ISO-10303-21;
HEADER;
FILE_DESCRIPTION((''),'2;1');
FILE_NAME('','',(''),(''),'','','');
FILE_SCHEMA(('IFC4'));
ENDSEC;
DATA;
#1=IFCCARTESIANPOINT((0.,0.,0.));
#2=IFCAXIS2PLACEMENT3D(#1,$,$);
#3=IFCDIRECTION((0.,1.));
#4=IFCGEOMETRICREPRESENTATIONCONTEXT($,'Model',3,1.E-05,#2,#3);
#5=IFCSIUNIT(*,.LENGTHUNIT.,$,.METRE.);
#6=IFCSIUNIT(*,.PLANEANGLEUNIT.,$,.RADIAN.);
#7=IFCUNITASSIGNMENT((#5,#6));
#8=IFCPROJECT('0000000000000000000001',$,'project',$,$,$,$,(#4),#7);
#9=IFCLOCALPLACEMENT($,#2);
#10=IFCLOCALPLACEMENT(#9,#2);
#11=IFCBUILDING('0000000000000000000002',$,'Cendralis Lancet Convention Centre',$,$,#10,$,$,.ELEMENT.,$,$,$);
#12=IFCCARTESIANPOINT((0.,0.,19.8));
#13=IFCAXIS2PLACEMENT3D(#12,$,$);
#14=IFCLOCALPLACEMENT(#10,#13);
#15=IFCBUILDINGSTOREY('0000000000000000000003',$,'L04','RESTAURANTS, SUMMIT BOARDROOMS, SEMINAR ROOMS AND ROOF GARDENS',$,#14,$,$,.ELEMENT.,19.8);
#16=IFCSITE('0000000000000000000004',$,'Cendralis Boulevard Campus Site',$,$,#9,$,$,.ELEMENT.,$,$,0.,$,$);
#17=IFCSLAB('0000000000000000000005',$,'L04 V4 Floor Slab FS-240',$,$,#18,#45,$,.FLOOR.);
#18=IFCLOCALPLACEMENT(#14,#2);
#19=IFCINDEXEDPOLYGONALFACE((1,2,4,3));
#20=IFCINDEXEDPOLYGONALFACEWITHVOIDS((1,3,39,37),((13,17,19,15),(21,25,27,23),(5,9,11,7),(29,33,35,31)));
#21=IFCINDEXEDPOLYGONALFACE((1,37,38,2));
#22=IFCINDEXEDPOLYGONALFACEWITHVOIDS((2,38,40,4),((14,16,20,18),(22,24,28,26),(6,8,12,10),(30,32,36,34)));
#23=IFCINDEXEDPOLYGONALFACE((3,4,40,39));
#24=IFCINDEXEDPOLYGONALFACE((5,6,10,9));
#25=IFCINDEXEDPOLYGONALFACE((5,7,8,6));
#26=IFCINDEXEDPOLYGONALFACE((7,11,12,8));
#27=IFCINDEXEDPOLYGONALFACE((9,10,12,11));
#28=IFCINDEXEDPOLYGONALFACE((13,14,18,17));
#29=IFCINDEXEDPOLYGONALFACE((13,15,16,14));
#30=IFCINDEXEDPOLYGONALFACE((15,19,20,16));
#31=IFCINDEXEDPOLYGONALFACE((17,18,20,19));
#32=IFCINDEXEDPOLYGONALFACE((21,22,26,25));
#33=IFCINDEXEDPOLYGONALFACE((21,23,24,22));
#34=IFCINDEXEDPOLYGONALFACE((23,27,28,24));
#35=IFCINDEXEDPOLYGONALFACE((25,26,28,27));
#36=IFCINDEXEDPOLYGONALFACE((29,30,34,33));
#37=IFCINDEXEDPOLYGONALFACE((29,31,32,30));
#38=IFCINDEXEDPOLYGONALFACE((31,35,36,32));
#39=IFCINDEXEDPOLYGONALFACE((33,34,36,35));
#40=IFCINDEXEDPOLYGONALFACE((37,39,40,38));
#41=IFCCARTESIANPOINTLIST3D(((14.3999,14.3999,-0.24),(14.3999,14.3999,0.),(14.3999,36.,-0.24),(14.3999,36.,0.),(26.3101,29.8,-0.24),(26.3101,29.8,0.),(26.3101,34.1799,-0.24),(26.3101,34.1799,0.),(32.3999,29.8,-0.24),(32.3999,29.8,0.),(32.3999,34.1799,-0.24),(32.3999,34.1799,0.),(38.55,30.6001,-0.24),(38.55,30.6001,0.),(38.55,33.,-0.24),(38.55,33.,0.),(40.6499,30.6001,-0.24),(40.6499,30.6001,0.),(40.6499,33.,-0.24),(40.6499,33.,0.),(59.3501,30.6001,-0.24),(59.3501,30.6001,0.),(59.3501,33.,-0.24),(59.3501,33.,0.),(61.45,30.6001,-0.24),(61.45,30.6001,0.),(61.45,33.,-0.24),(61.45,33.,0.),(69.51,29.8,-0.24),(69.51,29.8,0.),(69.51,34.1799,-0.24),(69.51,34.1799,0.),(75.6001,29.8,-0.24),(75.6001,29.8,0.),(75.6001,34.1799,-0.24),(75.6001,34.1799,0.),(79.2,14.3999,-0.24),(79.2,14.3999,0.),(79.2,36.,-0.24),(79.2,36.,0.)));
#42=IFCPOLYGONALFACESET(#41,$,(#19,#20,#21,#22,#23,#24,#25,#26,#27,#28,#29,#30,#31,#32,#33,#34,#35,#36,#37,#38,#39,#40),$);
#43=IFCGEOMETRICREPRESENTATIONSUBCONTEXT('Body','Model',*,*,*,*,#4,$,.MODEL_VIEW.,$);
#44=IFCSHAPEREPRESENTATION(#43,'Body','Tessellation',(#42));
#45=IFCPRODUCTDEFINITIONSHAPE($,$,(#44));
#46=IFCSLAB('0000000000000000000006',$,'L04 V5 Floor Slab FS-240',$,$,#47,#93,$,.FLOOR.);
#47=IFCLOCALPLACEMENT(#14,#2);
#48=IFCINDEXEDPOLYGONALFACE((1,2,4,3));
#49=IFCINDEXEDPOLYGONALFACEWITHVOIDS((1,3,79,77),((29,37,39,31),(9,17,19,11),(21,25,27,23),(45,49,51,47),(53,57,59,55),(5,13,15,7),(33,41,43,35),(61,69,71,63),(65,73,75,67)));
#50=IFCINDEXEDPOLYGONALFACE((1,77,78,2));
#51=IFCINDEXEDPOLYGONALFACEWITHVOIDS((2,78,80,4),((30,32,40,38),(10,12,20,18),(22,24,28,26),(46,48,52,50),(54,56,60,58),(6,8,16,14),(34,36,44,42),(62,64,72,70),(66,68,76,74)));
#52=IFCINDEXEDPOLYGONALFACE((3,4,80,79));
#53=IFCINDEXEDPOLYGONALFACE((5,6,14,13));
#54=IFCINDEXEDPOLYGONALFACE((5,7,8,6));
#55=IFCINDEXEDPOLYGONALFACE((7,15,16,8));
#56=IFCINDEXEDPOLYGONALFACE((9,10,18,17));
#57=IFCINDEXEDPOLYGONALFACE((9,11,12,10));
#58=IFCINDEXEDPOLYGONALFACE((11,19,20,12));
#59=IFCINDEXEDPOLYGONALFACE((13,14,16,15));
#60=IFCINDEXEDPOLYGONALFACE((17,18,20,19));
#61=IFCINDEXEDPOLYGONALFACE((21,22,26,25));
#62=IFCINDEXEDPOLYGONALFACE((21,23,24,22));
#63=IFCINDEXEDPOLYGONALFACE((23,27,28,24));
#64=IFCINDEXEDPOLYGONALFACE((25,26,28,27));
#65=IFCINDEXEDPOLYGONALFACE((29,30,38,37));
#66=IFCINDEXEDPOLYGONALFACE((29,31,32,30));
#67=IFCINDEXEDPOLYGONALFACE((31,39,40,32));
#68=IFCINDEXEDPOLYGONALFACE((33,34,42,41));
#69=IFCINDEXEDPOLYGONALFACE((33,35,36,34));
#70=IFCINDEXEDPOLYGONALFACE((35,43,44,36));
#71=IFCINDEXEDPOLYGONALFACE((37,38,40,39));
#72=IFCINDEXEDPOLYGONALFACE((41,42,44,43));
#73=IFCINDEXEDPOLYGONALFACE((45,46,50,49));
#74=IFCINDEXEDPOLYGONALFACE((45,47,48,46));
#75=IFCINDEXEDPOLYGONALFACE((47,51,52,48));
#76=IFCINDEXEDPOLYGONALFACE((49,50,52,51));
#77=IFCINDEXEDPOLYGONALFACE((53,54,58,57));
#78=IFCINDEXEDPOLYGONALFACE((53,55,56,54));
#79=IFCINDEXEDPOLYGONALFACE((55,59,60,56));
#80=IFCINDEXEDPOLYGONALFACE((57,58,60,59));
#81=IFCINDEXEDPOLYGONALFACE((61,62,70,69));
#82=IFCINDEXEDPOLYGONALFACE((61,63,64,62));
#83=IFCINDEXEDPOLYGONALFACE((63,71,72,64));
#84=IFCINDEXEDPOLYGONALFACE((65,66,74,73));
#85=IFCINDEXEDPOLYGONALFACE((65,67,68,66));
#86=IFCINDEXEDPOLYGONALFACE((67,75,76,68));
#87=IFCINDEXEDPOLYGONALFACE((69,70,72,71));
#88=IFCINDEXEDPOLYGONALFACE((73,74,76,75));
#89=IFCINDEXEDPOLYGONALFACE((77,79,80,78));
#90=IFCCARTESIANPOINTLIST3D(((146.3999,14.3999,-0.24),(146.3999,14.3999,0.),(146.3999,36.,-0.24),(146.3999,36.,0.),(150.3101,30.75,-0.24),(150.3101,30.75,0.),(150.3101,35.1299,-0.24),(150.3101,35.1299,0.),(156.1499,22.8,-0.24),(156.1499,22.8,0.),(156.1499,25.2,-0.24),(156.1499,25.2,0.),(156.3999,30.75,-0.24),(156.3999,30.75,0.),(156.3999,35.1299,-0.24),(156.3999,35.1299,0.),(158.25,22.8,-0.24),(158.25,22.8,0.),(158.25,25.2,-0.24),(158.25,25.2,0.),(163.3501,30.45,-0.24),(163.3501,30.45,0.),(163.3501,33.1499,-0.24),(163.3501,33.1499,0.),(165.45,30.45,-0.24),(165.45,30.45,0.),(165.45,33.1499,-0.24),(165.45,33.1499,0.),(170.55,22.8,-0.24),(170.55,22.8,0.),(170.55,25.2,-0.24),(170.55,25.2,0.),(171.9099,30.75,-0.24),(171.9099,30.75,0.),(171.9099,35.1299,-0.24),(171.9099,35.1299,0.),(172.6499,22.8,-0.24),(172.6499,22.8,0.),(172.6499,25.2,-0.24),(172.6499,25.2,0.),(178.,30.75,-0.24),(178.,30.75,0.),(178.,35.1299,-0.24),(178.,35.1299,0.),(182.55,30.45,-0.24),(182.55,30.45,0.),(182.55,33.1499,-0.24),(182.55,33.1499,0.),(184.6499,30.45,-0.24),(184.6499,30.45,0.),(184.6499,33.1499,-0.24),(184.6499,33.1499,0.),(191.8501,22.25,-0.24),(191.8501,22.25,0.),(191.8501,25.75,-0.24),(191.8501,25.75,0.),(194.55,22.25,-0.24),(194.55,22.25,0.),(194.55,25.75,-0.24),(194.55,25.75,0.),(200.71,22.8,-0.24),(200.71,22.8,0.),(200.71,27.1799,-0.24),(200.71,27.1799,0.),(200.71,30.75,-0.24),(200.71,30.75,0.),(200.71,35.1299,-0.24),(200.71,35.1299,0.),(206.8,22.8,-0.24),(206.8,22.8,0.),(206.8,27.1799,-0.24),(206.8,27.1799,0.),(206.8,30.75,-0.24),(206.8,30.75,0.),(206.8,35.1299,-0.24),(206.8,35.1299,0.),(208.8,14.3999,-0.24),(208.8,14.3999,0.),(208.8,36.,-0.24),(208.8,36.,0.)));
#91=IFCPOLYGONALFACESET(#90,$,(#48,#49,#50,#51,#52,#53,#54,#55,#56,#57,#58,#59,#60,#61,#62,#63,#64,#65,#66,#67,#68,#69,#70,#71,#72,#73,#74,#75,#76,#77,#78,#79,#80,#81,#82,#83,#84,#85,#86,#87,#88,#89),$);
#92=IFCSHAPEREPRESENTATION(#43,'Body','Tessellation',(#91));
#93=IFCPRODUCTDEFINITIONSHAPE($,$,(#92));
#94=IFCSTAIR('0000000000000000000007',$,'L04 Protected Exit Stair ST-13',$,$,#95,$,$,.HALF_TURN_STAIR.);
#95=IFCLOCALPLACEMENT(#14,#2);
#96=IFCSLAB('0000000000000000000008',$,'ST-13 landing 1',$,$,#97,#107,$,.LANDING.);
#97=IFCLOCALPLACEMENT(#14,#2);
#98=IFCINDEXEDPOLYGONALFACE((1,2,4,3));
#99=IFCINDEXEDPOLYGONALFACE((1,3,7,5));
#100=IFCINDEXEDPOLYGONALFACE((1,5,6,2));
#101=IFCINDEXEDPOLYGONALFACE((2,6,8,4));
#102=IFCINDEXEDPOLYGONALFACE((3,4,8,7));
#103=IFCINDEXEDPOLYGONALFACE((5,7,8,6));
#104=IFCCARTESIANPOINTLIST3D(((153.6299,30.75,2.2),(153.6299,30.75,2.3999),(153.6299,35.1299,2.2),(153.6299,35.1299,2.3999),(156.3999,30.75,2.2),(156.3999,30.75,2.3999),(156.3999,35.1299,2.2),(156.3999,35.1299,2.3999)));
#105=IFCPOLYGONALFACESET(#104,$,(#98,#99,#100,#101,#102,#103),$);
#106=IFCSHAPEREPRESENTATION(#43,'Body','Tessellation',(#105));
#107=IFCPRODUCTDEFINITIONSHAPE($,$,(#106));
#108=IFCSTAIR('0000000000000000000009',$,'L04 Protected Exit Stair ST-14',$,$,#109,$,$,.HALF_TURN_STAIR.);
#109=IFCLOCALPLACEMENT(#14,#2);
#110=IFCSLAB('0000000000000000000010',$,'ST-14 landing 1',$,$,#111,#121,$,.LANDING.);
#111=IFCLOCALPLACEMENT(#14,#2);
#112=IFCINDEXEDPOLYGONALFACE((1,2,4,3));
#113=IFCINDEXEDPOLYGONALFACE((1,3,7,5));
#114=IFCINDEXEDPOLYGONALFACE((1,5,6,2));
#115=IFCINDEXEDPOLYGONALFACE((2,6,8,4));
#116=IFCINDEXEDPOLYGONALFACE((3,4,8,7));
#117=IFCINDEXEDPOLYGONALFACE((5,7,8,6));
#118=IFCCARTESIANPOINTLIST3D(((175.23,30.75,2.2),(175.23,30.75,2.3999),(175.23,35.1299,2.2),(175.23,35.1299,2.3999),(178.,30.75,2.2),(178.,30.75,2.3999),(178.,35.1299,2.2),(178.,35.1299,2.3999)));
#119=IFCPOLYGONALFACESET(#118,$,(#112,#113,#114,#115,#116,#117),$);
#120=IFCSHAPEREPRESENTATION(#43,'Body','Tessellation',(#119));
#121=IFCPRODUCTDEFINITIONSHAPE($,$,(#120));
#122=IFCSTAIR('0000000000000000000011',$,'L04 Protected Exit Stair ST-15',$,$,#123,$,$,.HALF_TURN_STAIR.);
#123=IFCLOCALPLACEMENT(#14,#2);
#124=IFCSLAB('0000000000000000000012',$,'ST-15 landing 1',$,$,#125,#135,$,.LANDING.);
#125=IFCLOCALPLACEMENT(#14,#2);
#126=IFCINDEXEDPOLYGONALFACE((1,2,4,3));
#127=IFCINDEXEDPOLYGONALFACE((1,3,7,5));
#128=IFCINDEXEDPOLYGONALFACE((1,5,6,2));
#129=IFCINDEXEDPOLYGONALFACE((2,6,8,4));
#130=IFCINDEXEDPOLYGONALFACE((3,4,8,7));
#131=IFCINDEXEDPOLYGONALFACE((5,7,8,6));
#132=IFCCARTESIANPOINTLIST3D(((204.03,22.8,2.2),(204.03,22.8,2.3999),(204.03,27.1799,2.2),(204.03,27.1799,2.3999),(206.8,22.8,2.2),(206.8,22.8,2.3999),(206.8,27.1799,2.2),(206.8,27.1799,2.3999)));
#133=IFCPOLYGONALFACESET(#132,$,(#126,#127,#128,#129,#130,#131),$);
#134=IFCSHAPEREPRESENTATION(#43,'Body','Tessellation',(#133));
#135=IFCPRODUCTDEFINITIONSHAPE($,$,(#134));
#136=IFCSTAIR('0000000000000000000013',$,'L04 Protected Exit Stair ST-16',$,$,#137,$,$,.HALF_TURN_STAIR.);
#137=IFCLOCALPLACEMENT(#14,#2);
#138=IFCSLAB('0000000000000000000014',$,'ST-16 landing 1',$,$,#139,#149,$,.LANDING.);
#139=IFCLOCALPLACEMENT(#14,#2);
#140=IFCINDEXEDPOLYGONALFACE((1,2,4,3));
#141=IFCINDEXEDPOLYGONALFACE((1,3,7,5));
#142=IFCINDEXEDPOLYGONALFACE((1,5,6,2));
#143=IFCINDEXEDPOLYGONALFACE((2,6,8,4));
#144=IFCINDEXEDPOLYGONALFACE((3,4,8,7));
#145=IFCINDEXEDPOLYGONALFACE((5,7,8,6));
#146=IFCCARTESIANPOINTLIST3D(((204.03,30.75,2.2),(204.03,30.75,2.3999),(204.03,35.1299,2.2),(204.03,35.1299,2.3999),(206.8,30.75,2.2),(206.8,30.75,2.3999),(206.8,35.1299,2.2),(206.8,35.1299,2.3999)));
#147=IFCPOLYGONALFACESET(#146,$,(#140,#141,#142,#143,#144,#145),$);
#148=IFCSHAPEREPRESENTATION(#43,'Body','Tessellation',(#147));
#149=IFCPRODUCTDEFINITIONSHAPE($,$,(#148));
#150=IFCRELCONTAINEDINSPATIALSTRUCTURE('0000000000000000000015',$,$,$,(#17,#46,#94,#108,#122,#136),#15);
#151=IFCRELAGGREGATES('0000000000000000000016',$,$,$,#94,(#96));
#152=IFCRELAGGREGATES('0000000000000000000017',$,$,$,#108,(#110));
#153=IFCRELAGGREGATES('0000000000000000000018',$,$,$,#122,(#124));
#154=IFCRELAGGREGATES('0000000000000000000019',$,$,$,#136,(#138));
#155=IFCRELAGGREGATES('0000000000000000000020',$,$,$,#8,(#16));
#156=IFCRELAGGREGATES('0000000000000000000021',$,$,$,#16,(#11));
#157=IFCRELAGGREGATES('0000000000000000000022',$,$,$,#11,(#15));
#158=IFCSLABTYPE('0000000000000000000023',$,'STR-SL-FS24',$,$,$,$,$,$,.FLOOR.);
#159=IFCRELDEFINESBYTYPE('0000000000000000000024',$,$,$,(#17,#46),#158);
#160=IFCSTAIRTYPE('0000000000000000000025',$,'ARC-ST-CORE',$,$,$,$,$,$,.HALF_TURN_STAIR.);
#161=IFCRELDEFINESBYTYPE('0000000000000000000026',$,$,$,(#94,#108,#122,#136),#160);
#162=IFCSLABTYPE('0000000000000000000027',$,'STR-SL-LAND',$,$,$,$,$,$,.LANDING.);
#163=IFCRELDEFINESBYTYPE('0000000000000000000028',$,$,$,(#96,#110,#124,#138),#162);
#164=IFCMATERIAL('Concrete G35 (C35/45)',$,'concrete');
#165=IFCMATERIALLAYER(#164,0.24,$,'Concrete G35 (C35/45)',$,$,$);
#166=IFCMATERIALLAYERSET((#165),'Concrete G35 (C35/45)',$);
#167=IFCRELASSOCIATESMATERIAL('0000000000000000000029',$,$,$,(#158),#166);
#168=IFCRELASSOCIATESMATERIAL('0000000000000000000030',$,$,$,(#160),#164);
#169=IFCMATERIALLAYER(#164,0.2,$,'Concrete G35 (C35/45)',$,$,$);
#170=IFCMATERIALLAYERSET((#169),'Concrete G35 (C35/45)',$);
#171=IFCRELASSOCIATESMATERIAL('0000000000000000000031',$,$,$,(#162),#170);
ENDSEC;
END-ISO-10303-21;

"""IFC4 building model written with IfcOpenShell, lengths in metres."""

from ifc_helpers import new_model, si_unit, direction, frame, origin, place, context, subcontext, project, spatial, polyline, outline, extrude, material, layer, layer_set, type_object, element, aggregate, save


model = new_model("IFC4")

# Units and contexts
model_context = context("Model", 3, precision=1e-05, world=origin(), true_north=direction((0.0, 1.0)))
body_context = subcontext(model_context, "Body", "Model", "MODEL_VIEW")
ifc_project = project(units=[si_unit("LENGTHUNIT", "METRE"), si_unit("PLANEANGLEUNIT", "RADIAN")], contexts=[model_context])

# Site, building, storey
site_placement = place(None, origin())
site = spatial("IfcSite", under=ifc_project, at=site_placement, Name="Cendralis Boulevard Campus Site", CompositionType="ELEMENT", RefElevation=0.0)
building_placement = place(site_placement, origin())
building = spatial("IfcBuilding", under=site, at=building_placement, Name="Cendralis Lancet Convention Centre", CompositionType="ELEMENT")
storey_placement = place(building_placement, frame((0.0, 0.0, 19.8)))
storey = spatial("IfcBuildingStorey", under=building, at=storey_placement, Name="L04", Description="RESTAURANTS, SUMMIT BOARDROOMS, SEMINAR ROOMS AND ROOF GARDENS", CompositionType="ELEMENT", Elevation=19.8)

# Slabs
ifc_material_1 = material(Name="Concrete G35 (C35/45)", Category="concrete")
ifc_layer_1 = layer(ifc_material_1, 0.24, Name="Concrete G35 (C35/45)")
ifc_layer_set_1 = layer_set([ifc_layer_1], Name="Concrete G35 (C35/45)")
slab_type_1 = type_object("IfcSlabType", Name="STR-SL-FS24", PredefinedType="FLOOR", material=ifc_layer_set_1)
slab_1_placement = place(storey_placement, frame((0.0, 0.0, -0.24)))
element("IfcSlab", 1, at=slab_1_placement, inside=storey, type_object=slab_type_1, Name="L04 V4 Floor Slab FS-240", PredefinedType="FLOOR", context=body_context, shape_type="SweptSolid", body=[
    extrude(outline(polyline([(14.3999, 14.3999), (79.2, 14.3999), (79.2, 36.0), (14.3999, 36.0), (14.3999, 14.3999)]), holes=[polyline([(26.3101, 29.8), (32.3999, 29.8), (32.3999, 34.1799), (26.3101, 34.1799), (26.3101, 29.8)]), polyline([(69.51, 29.8), (75.6001, 29.8), (75.6001, 34.1799), (69.51, 34.1799), (69.51, 29.8)]), polyline([(38.55, 30.6001), (40.6499, 30.6001), (40.6499, 33.0), (38.55, 33.0), (38.55, 30.6001)]), polyline([(59.3501, 30.6001), (61.45, 30.6001), (61.45, 33.0), (59.3501, 33.0), (59.3501, 30.6001)])]), origin(), (0.0, 0.0, 1.0), 0.24),
])
slab_2_placement = place(storey_placement, frame((0.0, 0.0, -0.24)))
element("IfcSlab", 2, at=slab_2_placement, inside=storey, type_object=slab_type_1, Name="L04 V5 Floor Slab FS-240", PredefinedType="FLOOR", context=body_context, shape_type="SweptSolid", body=[
    extrude(outline(polyline([(146.3999, 14.3999), (208.8, 14.3999), (208.8, 36.0), (146.3999, 36.0), (146.3999, 14.3999)]), holes=[polyline([(150.3101, 30.75), (156.3999, 30.75), (156.3999, 35.1299), (150.3101, 35.1299), (150.3101, 30.75)]), polyline([(171.9099, 30.75), (178.0, 30.75), (178.0, 35.1299), (171.9099, 35.1299), (171.9099, 30.75)]), polyline([(200.71, 22.8), (206.8, 22.8), (206.8, 27.1799), (200.71, 27.1799), (200.71, 22.8)]), polyline([(200.71, 30.75), (206.8, 30.75), (206.8, 35.1299), (200.71, 35.1299), (200.71, 30.75)]), polyline([(163.3501, 30.45), (165.45, 30.45), (165.45, 33.1499), (163.3501, 33.1499), (163.3501, 30.45)]), polyline([(182.55, 30.45), (184.6499, 30.45), (184.6499, 33.1499), (182.55, 33.1499), (182.55, 30.45)]), polyline([(156.1499, 22.8), (158.25, 22.8), (158.25, 25.2), (156.1499, 25.2), (156.1499, 22.8)]), polyline([(170.55, 22.8), (172.6499, 22.8), (172.6499, 25.2), (170.55, 25.2), (170.55, 22.8)]), polyline([(191.8501, 22.25), (194.55, 22.25), (194.55, 25.75), (191.8501, 25.75), (191.8501, 22.25)])]), origin(), (0.0, 0.0, 1.0), 0.24),
])

# Stairs, slabs
stair_type = type_object("IfcStairType", Name="ARC-ST-CORE", PredefinedType="HALF_TURN_STAIR", material=ifc_material_1)
stair_1_placement = place(storey_placement, origin())
stair_1 = element("IfcStair", 3, at=stair_1_placement, inside=storey, type_object=stair_type, Name="L04 Protected Exit Stair ST-13", PredefinedType="HALF_TURN_STAIR")
ifc_layer_2 = layer(ifc_material_1, 0.2, Name="Concrete G35 (C35/45)")
ifc_layer_set_2 = layer_set([ifc_layer_2], Name="Concrete G35 (C35/45)")
slab_type_2 = type_object("IfcSlabType", Name="STR-SL-LAND", PredefinedType="LANDING", material=ifc_layer_set_2)
slab_3_placement = place(storey_placement, frame((0.0, 0.0, 2.2)))
slab_3 = element("IfcSlab", 4, at=slab_3_placement, type_object=slab_type_2, Name="ST-13 landing 1", PredefinedType="LANDING", context=body_context, shape_type="SweptSolid", body=[
    extrude(outline(polyline([(153.6299, 30.75), (156.3999, 30.75), (156.3999, 35.1299), (153.6299, 35.1299), (153.6299, 30.75)])), origin(), (0.0, 0.0, 1.0), 0.2),
])
aggregate(stair_1, [slab_3])
stair_2_placement = place(storey_placement, origin())
stair_2 = element("IfcStair", 5, at=stair_2_placement, inside=storey, type_object=stair_type, Name="L04 Protected Exit Stair ST-14", PredefinedType="HALF_TURN_STAIR")
slab_4_placement = place(storey_placement, frame((0.0, 0.0, 2.2)))
slab_4 = element("IfcSlab", 6, at=slab_4_placement, type_object=slab_type_2, Name="ST-14 landing 1", PredefinedType="LANDING", context=body_context, shape_type="SweptSolid", body=[
    extrude(outline(polyline([(175.23, 30.75), (178.0, 30.75), (178.0, 35.1299), (175.23, 35.1299), (175.23, 30.75)])), origin(), (0.0, 0.0, 1.0), 0.2),
])
aggregate(stair_2, [slab_4])
stair_3_placement = place(storey_placement, origin())
stair_3 = element("IfcStair", 7, at=stair_3_placement, inside=storey, type_object=stair_type, Name="L04 Protected Exit Stair ST-15", PredefinedType="HALF_TURN_STAIR")
slab_5_placement = place(storey_placement, frame((0.0, 0.0, 2.2)))
slab_5 = element("IfcSlab", 8, at=slab_5_placement, type_object=slab_type_2, Name="ST-15 landing 1", PredefinedType="LANDING", context=body_context, shape_type="SweptSolid", body=[
    extrude(outline(polyline([(204.03, 22.8), (206.8, 22.8), (206.8, 27.1799), (204.03, 27.1799), (204.03, 22.8)])), origin(), (0.0, 0.0, 1.0), 0.2),
])
aggregate(stair_3, [slab_5])
stair_4_placement = place(storey_placement, origin())
stair_4 = element("IfcStair", 9, at=stair_4_placement, inside=storey, type_object=stair_type, Name="L04 Protected Exit Stair ST-16", PredefinedType="HALF_TURN_STAIR")
slab_6_placement = place(storey_placement, frame((0.0, 0.0, 2.2)))
slab_6 = element("IfcSlab", 10, at=slab_6_placement, type_object=slab_type_2, Name="ST-16 landing 1", PredefinedType="LANDING", context=body_context, shape_type="SweptSolid", body=[
    extrude(outline(polyline([(204.03, 30.75), (206.8, 30.75), (206.8, 35.1299), (204.03, 35.1299), (204.03, 30.75)])), origin(), (0.0, 0.0, 1.0), 0.2),
])
aggregate(stair_4, [slab_6])

save(model, "model.ifc")
